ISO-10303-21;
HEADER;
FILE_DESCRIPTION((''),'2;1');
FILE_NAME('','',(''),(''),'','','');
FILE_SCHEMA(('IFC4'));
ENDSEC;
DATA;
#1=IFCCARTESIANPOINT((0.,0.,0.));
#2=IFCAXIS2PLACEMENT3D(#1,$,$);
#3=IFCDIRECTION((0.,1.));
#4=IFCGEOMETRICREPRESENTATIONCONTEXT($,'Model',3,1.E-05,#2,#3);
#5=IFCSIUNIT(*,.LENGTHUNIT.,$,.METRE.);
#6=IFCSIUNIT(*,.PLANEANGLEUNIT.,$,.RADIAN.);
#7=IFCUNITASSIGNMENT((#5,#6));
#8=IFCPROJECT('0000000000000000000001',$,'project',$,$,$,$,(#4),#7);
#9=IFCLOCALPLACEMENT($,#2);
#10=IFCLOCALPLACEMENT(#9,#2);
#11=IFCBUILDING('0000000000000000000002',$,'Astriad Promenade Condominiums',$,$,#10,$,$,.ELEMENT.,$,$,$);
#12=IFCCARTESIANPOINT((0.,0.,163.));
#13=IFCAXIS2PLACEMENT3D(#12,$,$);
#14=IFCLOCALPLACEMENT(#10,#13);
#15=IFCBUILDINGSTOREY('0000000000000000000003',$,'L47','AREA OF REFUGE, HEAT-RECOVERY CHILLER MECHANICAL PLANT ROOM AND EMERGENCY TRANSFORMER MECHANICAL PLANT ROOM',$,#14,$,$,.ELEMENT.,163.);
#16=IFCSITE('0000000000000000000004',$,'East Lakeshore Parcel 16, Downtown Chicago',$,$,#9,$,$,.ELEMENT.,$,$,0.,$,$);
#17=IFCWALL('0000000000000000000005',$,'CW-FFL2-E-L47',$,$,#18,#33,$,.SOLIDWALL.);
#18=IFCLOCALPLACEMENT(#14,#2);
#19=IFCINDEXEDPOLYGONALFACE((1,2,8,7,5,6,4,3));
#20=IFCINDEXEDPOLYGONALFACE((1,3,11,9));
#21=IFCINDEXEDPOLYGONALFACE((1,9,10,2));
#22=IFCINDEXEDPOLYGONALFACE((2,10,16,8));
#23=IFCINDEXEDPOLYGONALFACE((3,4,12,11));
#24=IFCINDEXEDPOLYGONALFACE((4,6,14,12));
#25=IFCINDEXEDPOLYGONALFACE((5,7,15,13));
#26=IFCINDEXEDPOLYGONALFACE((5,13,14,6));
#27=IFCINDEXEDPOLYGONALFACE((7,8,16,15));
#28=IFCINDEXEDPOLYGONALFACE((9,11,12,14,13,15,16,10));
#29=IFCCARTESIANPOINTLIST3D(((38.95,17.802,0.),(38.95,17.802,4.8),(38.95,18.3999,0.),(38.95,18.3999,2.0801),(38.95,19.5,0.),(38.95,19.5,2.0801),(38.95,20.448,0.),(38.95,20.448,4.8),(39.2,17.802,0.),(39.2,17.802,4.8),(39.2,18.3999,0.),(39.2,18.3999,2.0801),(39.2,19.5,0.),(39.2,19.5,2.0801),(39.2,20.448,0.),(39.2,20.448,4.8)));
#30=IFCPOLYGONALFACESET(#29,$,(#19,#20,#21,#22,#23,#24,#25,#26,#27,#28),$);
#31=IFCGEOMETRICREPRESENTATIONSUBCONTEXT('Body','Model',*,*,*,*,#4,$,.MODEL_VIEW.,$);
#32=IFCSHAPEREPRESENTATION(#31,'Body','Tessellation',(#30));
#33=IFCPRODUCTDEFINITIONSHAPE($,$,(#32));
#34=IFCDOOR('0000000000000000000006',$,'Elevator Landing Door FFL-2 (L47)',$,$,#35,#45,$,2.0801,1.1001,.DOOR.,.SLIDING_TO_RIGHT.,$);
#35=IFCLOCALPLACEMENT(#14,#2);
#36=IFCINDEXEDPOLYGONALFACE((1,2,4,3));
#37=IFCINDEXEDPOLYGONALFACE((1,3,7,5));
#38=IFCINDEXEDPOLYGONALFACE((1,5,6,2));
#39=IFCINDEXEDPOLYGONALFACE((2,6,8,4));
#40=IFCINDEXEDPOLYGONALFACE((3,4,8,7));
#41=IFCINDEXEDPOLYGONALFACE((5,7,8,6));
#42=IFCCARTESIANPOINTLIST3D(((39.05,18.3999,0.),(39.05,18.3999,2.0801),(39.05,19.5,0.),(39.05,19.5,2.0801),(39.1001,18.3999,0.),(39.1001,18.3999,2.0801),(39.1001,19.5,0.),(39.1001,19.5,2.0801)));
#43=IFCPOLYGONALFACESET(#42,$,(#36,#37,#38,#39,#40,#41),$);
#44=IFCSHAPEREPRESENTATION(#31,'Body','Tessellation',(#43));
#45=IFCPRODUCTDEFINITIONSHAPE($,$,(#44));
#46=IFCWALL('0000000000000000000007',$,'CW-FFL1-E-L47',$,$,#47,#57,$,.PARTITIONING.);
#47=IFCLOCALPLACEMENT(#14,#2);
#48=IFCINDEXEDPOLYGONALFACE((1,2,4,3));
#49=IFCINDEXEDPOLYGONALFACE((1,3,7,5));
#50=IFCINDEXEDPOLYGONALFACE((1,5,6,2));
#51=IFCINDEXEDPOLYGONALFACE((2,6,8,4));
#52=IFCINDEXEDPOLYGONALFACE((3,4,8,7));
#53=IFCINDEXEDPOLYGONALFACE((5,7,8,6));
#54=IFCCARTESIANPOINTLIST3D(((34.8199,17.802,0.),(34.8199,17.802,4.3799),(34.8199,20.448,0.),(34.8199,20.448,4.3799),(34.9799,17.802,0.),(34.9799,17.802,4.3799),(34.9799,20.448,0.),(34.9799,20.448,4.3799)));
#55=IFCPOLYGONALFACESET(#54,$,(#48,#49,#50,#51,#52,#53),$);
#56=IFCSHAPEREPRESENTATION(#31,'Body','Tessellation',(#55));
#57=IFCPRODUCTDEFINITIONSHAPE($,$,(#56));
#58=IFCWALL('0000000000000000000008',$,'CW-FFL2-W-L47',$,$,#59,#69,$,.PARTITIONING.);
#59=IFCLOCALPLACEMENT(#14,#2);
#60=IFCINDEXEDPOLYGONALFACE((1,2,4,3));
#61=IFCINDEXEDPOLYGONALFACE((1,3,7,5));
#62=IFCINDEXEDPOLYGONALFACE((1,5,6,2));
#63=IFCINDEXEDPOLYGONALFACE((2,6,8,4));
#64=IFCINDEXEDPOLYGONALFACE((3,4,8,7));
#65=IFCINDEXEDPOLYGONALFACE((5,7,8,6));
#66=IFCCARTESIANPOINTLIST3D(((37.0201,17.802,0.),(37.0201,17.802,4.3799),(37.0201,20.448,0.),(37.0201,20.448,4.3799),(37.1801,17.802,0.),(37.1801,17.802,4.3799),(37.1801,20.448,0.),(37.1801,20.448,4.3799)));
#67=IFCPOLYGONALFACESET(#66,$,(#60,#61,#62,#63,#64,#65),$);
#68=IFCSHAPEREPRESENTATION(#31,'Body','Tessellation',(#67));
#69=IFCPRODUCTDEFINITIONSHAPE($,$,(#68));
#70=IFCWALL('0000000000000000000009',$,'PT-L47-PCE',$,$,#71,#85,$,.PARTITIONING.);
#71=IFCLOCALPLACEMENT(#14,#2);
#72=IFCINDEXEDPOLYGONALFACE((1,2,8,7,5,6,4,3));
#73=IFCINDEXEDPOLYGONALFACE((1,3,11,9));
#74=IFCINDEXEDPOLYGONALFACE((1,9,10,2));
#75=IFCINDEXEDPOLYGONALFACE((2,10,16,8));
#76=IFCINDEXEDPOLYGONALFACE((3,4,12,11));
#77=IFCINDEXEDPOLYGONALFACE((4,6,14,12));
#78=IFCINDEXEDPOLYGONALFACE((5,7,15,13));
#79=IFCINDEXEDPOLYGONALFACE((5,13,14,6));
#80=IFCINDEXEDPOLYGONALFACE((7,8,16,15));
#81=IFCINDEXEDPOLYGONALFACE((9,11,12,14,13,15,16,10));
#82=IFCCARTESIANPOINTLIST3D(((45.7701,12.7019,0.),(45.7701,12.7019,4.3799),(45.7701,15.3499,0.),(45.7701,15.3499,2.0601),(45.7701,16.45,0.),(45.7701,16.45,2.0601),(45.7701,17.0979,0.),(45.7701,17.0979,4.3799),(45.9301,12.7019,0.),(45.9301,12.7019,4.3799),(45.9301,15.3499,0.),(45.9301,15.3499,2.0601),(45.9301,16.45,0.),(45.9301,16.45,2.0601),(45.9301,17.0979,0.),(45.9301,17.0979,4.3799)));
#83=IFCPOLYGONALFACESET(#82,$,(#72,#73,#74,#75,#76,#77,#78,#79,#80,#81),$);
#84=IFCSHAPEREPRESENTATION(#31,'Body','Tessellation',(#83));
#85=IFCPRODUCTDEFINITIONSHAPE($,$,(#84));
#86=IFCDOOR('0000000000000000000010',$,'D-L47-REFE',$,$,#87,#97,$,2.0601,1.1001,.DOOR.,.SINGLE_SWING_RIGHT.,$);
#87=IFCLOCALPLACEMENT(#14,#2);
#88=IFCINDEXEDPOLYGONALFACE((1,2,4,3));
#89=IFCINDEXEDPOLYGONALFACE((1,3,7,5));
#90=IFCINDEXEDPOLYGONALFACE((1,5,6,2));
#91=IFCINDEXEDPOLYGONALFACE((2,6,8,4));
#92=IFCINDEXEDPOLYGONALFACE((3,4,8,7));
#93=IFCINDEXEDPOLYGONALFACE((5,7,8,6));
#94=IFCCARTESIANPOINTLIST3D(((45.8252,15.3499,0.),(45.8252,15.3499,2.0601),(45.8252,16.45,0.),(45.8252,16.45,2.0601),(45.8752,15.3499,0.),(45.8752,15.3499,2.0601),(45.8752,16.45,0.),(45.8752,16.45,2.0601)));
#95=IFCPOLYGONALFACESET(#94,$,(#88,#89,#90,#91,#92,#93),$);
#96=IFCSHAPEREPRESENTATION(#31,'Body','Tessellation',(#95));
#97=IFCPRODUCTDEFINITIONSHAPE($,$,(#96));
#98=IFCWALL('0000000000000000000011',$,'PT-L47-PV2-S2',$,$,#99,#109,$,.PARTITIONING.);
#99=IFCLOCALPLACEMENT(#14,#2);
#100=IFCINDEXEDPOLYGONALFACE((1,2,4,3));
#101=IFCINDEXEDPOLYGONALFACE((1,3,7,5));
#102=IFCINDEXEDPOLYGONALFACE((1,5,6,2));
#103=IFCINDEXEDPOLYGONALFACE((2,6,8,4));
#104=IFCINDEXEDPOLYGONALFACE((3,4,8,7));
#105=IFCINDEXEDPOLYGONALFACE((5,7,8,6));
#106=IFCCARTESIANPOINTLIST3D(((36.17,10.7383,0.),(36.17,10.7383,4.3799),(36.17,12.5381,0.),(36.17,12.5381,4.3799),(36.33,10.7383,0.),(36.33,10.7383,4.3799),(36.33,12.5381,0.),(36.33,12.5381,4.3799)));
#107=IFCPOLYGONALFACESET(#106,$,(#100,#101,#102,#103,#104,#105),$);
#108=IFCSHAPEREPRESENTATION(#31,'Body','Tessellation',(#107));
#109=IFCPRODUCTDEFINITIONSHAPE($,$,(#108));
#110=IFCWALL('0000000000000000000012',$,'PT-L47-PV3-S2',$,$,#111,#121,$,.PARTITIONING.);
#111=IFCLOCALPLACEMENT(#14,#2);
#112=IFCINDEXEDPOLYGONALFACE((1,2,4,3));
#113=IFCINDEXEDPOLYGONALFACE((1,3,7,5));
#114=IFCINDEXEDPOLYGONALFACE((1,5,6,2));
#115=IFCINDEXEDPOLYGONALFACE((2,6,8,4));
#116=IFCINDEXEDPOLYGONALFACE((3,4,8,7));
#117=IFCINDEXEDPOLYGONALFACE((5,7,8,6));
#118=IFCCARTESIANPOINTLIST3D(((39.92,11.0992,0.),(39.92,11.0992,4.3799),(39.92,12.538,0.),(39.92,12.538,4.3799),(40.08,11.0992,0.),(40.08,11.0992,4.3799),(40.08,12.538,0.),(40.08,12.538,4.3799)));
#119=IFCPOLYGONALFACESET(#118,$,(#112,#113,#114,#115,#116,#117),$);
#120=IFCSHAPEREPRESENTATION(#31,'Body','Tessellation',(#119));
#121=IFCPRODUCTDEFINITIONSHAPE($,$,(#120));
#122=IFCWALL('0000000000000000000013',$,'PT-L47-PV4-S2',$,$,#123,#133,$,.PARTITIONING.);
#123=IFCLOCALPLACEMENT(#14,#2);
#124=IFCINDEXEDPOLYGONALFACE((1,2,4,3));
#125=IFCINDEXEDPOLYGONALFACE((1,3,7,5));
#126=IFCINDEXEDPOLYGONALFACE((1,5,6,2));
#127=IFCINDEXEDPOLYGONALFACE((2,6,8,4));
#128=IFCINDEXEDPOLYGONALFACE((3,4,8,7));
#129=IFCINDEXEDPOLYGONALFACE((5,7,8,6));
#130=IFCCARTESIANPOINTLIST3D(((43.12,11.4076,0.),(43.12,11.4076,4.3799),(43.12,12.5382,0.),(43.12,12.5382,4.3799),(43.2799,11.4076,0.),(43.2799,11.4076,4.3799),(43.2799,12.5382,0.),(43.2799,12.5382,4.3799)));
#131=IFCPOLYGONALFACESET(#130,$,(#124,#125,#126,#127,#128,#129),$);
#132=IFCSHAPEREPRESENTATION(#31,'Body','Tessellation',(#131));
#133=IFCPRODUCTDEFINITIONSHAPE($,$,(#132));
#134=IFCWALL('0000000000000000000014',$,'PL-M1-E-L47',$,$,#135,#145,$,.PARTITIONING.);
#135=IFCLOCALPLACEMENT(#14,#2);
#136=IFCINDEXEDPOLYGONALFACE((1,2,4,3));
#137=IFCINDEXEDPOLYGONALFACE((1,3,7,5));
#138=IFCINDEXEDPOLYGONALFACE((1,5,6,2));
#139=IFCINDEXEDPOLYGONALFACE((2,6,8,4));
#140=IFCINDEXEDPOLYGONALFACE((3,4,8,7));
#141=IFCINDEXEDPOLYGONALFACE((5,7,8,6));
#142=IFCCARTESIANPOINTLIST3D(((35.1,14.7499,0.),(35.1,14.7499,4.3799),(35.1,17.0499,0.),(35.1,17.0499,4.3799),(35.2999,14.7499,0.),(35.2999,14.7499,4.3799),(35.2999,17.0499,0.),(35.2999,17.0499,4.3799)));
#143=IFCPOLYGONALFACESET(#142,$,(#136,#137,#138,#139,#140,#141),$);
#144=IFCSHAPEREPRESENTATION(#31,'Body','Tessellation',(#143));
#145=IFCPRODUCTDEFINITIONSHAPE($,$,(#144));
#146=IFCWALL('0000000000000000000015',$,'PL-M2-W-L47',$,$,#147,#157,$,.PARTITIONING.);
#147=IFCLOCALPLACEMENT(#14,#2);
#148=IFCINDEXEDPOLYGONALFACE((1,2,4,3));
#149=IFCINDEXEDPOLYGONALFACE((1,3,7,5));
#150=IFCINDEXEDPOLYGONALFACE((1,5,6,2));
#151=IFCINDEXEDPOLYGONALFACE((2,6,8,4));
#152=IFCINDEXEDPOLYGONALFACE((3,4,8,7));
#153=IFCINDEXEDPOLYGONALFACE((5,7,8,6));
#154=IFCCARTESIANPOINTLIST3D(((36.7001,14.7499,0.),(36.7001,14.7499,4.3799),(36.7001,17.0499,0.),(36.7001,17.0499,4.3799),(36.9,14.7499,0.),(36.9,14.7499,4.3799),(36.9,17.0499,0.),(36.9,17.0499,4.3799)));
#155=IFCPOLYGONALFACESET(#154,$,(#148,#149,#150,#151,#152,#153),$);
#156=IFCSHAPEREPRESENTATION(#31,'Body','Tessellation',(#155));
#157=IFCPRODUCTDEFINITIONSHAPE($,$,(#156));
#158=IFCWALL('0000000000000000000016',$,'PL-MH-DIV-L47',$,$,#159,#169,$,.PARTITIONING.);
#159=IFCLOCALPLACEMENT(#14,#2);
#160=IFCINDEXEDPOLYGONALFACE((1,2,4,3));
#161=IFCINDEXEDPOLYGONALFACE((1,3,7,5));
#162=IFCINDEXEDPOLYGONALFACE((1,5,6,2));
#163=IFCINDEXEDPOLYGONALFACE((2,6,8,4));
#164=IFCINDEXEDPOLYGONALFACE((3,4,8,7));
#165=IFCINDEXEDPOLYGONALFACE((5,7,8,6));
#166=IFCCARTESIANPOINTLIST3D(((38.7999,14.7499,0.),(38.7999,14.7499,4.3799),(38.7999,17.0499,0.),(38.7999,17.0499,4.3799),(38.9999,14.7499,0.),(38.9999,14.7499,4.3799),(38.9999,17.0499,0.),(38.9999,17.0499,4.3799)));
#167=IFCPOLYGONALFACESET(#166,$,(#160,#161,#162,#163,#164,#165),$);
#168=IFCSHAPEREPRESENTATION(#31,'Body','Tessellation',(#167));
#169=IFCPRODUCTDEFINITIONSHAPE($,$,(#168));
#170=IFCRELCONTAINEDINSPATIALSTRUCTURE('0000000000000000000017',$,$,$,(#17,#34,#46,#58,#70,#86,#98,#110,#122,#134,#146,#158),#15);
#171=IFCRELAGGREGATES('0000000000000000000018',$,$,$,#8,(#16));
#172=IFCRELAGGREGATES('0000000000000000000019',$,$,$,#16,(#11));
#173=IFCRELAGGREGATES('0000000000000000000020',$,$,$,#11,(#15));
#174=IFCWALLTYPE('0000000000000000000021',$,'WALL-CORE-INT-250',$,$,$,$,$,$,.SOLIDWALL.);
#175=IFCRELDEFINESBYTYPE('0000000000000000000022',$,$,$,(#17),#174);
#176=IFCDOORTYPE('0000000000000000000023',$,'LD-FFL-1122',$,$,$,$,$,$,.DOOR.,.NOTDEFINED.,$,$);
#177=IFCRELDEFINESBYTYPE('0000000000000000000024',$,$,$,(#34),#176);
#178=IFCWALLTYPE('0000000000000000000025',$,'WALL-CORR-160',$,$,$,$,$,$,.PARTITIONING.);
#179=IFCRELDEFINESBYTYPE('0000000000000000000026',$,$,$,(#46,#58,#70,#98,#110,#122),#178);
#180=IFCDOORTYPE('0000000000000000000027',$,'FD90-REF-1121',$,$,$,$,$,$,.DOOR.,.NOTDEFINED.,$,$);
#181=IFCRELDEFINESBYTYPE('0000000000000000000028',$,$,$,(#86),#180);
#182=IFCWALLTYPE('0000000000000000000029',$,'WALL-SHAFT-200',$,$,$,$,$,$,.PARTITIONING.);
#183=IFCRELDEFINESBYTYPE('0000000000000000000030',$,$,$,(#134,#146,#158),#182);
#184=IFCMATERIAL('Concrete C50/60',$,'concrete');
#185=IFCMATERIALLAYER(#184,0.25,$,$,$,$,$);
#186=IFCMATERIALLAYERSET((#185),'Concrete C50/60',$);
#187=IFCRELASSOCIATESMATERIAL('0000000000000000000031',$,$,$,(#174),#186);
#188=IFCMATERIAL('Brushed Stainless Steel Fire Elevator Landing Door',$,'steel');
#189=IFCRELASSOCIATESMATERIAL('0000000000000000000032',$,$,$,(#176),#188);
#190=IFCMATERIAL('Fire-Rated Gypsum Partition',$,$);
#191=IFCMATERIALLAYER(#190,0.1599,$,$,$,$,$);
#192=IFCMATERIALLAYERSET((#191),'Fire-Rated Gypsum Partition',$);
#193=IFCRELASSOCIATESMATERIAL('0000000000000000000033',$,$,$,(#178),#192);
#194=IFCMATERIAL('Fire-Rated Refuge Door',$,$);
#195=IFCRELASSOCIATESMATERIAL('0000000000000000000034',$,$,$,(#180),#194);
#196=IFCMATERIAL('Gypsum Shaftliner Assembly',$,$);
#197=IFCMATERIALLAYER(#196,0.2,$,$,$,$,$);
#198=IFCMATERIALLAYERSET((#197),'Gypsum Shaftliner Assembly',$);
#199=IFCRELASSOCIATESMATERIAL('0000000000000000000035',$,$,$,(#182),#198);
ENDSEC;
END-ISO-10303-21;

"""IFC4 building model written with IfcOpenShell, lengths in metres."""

from ifc_helpers import new_model, si_unit, direction, frame, frame_2d, origin, place, context, subcontext, project, spatial, rectangle, extrude, source, transform, mapped, material, layer, layer_set, type_object, type_shapes, element, fill, save


model = new_model("IFC4")

# Units and contexts
model_context = context("Model", 3, precision=1e-05, world=origin(), true_north=direction((0.0, 1.0)))
body_context = subcontext(model_context, "Body", "Model", "MODEL_VIEW")
ifc_project = project(units=[si_unit("LENGTHUNIT", "METRE"), si_unit("PLANEANGLEUNIT", "RADIAN")], contexts=[model_context])

# Site, building, storey
site_placement = place(None, origin())
site = spatial("IfcSite", under=ifc_project, at=site_placement, Name="East Lakeshore Parcel 16, Downtown Chicago", CompositionType="ELEMENT", RefElevation=0.0)
building_placement = place(site_placement, origin())
building = spatial("IfcBuilding", under=site, at=building_placement, Name="Astriad Promenade Condominiums", CompositionType="ELEMENT")
storey_placement = place(building_placement, frame((0.0, 0.0, 163.0)))
storey = spatial("IfcBuildingStorey", under=building, at=storey_placement, Name="L47", Description="AREA OF REFUGE, HEAT-RECOVERY CHILLER MECHANICAL PLANT ROOM AND EMERGENCY TRANSFORMER MECHANICAL PLANT ROOM", CompositionType="ELEMENT", Elevation=163.0)

# Wall, opening, door
ifc_material_1 = material(Name="Concrete C50/60", Category="concrete")
ifc_layer_1 = layer(ifc_material_1, 0.25)
ifc_layer_set_1 = layer_set([ifc_layer_1], Name="Concrete C50/60")
wall_type_1 = type_object("IfcWallType", Name="WALL-CORE-INT-250", PredefinedType="SOLIDWALL", material=ifc_layer_set_1)
wall_1_placement = place(storey_placement, frame((39.075, 17.802, 0.0), z_axis=(0.0, 0.0, 1.0), x_axis=(0.0, 1.0, 0.0)))
wall_1 = element("IfcWall", 1, at=wall_1_placement, inside=storey, type_object=wall_type_1, Name="CW-FFL2-E-L47", PredefinedType="SOLIDWALL", context=body_context, shape_type="SweptSolid", body=[
    extrude(rectangle(XDim=2.646, YDim=0.25, at=frame_2d((1.323, 0.0))), origin(), (0.0, 0.0, 1.0), 4.8),
])
opening_1_placement = place(wall_1_placement, frame((0.5979, 0.0, 0.0)))
opening_1 = element("IfcOpeningElement", 2, at=opening_1_placement, cuts=wall_1, PredefinedType="OPENING", context=body_context, shape_type="SweptSolid", body=[
    extrude(rectangle(XDim=1.1001, YDim=2.0801, at=frame_2d((0.55, 1.04))), frame((0.0, 0.135, 0.0), z_axis=(0.0, -1.0, 0.0), x_axis=(1.0, 0.0, 0.0)), (0.0, 0.0, 1.0), 0.27),
])
ifc_material_2 = material(Name="Brushed Stainless Steel Fire Elevator Landing Door", Category="steel")
door_type_1 = type_object("IfcDoorType", Name="LD-FFL-1122", OperationType="NOTDEFINED", PredefinedType="DOOR", material=ifc_material_2)
shared_shape_1 = source(origin(), body_context, "Body", "SweptSolid", [
    extrude(rectangle(XDim=1.1001, YDim=2.0801, at=frame_2d((0.55, 1.04))), frame((0.0, 0.0249, 0.0), z_axis=(0.0, -1.0, 0.0), x_axis=(1.0, 0.0, 0.0)), (0.0, 0.0, 1.0), 0.05),
])
type_shapes(door_type_1, [shared_shape_1])
door_1_placement = place(opening_1_placement, origin())
door_1 = element("IfcDoor", 3, at=door_1_placement, inside=storey, type_object=door_type_1, Name="Elevator Landing Door FFL-2 (L47)", OperationType="SLIDING_TO_RIGHT", OverallHeight=2.0801, OverallWidth=1.1001, PredefinedType="DOOR", context=body_context, shape_type="MappedRepresentation", body=[
    mapped(shared_shape_1, transform((0.0, 0.0, 0.0), scale=1.0)),
])
fill(opening_1, door_1)

# Walls
ifc_material_3 = material(Name="Fire-Rated Gypsum Partition")
ifc_layer_2 = layer(ifc_material_3, 0.1599)
ifc_layer_set_2 = layer_set([ifc_layer_2], Name="Fire-Rated Gypsum Partition")
wall_type_2 = type_object("IfcWallType", Name="WALL-CORR-160", PredefinedType="PARTITIONING", material=ifc_layer_set_2)
for number, where, z_axis, x_axis, name in (
    (4, (34.8999, 17.802, 0.0), (0.0, 0.0, 1.0), (0.0, 1.0, 0.0), "CW-FFL1-E-L47"),
    (5, (37.1001, 17.802, 0.0), (0.0, 0.0, 1.0), (0.0, 1.0, 0.0), "CW-FFL2-W-L47"),
):
    element("IfcWall", number, at=place(storey_placement, frame(where, z_axis=z_axis, x_axis=x_axis)), inside=storey, type_object=wall_type_2, Name=name, PredefinedType="PARTITIONING", context=body_context, shape_type="SweptSolid", body=[
        extrude(rectangle(XDim=2.646, YDim=0.1599, at=frame_2d((1.323, 0.0))), origin(), (0.0, 0.0, 1.0), 4.3799),
    ])

# Wall, opening, door
wall_2_placement = place(storey_placement, frame((45.8501, 12.7019, 0.0), z_axis=(0.0, 0.0, 1.0), x_axis=(0.0, 1.0, 0.0)))
wall_2 = element("IfcWall", 6, at=wall_2_placement, inside=storey, type_object=wall_type_2, Name="PT-L47-PCE", PredefinedType="PARTITIONING", context=body_context, shape_type="SweptSolid", body=[
    extrude(rectangle(XDim=4.396, YDim=0.1599, at=frame_2d((2.198, 0.0))), origin(), (0.0, 0.0, 1.0), 4.3799),
])
opening_2_placement = place(wall_2_placement, frame((2.6479, 0.0, 0.0)))
opening_2 = element("IfcOpeningElement", 7, at=opening_2_placement, cuts=wall_2, PredefinedType="OPENING", context=body_context, shape_type="SweptSolid", body=[
    extrude(rectangle(XDim=1.1001, YDim=2.0601, at=frame_2d((0.55, 1.03))), frame((0.0, 0.0898, 0.0), z_axis=(0.0, -1.0, 0.0), x_axis=(1.0, 0.0, 0.0)), (0.0, 0.0, 1.0), 0.1799),
])
ifc_material_4 = material(Name="Fire-Rated Refuge Door")
door_type_2 = type_object("IfcDoorType", Name="FD90-REF-1121", OperationType="NOTDEFINED", PredefinedType="DOOR", material=ifc_material_4)
shared_shape_2 = source(origin(), body_context, "Body", "SweptSolid", [
    extrude(rectangle(XDim=1.1001, YDim=2.0601, at=frame_2d((0.55, 1.03))), frame((0.0, 0.0249, 0.0), z_axis=(0.0, -1.0, 0.0), x_axis=(1.0, 0.0, 0.0)), (0.0, 0.0, 1.0), 0.05),
])
type_shapes(door_type_2, [shared_shape_2])
door_2_placement = place(opening_2_placement, origin())
door_2 = element("IfcDoor", 8, at=door_2_placement, inside=storey, type_object=door_type_2, Name="D-L47-REFE", OperationType="SINGLE_SWING_RIGHT", OverallHeight=2.0601, OverallWidth=1.1001, PredefinedType="DOOR", context=body_context, shape_type="MappedRepresentation", body=[
    mapped(shared_shape_2, transform((0.0, 0.0, 0.0), scale=1.0)),
])
fill(opening_2, door_2)

# Walls
wall_3_placement = place(storey_placement, frame((36.25, 10.7383, 0.0), z_axis=(0.0, 0.0, 1.0), x_axis=(0.0, 1.0, 0.0)))
element("IfcWall", 9, at=wall_3_placement, inside=storey, type_object=wall_type_2, Name="PT-L47-PV2-S2", PredefinedType="PARTITIONING", context=body_context, shape_type="SweptSolid", body=[
    extrude(rectangle(XDim=1.7998, YDim=0.1599, at=frame_2d((0.8999, 0.0))), origin(), (0.0, 0.0, 1.0), 4.3799),
])
wall_4_placement = place(storey_placement, frame((40.0, 11.0994, 0.0), z_axis=(0.0, 0.0, 1.0), x_axis=(0.0, 1.0, 0.0)))
element("IfcWall", 10, at=wall_4_placement, inside=storey, type_object=wall_type_2, Name="PT-L47-PV3-S2", PredefinedType="PARTITIONING", context=body_context, shape_type="SweptSolid", body=[
    extrude(rectangle(XDim=1.4387, YDim=0.1599, at=frame_2d((0.7192, 0.0))), origin(), (0.0, 0.0, 1.0), 4.3799),
])
wall_5_placement = place(storey_placement, frame((43.2, 11.4075, 0.0), z_axis=(0.0, 0.0, 1.0), x_axis=(0.0, 1.0, 0.0)))
element("IfcWall", 11, at=wall_5_placement, inside=storey, type_object=wall_type_2, Name="PT-L47-PV4-S2", PredefinedType="PARTITIONING", context=body_context, shape_type="SweptSolid", body=[
    extrude(rectangle(XDim=1.1306, YDim=0.1599, at=frame_2d((0.5654, 0.0))), origin(), (0.0, 0.0, 1.0), 4.3799),
])
ifc_material_5 = material(Name="Gypsum Shaftliner Assembly")
ifc_layer_3 = layer(ifc_material_5, 0.2)
ifc_layer_set_3 = layer_set([ifc_layer_3], Name="Gypsum Shaftliner Assembly")
wall_type_3 = type_object("IfcWallType", Name="WALL-SHAFT-200", PredefinedType="PARTITIONING", material=ifc_layer_set_3)
for number, where, z_axis, x_axis, name in (
    (12, (35.2, 14.75, 0.0), (0.0, 0.0, 1.0), (0.0, 1.0, 0.0), "PL-M1-E-L47"),
    (13, (36.8, 14.75, 0.0), (0.0, 0.0, 1.0), (0.0, 1.0, 0.0), "PL-M2-W-L47"),
    (14, (38.8999, 14.75, 0.0), (0.0, 0.0, 1.0), (0.0, 1.0, 0.0), "PL-MH-DIV-L47"),
):
    element("IfcWall", number, at=place(storey_placement, frame(where, z_axis=z_axis, x_axis=x_axis)), inside=storey, type_object=wall_type_3, Name=name, PredefinedType="PARTITIONING", context=body_context, shape_type="SweptSolid", body=[
        extrude(rectangle(XDim=2.3, YDim=0.2, at=frame_2d((1.1499, 0.0))), origin(), (0.0, 0.0, 1.0), 4.3799),
    ])

save(model, "model.ifc")
